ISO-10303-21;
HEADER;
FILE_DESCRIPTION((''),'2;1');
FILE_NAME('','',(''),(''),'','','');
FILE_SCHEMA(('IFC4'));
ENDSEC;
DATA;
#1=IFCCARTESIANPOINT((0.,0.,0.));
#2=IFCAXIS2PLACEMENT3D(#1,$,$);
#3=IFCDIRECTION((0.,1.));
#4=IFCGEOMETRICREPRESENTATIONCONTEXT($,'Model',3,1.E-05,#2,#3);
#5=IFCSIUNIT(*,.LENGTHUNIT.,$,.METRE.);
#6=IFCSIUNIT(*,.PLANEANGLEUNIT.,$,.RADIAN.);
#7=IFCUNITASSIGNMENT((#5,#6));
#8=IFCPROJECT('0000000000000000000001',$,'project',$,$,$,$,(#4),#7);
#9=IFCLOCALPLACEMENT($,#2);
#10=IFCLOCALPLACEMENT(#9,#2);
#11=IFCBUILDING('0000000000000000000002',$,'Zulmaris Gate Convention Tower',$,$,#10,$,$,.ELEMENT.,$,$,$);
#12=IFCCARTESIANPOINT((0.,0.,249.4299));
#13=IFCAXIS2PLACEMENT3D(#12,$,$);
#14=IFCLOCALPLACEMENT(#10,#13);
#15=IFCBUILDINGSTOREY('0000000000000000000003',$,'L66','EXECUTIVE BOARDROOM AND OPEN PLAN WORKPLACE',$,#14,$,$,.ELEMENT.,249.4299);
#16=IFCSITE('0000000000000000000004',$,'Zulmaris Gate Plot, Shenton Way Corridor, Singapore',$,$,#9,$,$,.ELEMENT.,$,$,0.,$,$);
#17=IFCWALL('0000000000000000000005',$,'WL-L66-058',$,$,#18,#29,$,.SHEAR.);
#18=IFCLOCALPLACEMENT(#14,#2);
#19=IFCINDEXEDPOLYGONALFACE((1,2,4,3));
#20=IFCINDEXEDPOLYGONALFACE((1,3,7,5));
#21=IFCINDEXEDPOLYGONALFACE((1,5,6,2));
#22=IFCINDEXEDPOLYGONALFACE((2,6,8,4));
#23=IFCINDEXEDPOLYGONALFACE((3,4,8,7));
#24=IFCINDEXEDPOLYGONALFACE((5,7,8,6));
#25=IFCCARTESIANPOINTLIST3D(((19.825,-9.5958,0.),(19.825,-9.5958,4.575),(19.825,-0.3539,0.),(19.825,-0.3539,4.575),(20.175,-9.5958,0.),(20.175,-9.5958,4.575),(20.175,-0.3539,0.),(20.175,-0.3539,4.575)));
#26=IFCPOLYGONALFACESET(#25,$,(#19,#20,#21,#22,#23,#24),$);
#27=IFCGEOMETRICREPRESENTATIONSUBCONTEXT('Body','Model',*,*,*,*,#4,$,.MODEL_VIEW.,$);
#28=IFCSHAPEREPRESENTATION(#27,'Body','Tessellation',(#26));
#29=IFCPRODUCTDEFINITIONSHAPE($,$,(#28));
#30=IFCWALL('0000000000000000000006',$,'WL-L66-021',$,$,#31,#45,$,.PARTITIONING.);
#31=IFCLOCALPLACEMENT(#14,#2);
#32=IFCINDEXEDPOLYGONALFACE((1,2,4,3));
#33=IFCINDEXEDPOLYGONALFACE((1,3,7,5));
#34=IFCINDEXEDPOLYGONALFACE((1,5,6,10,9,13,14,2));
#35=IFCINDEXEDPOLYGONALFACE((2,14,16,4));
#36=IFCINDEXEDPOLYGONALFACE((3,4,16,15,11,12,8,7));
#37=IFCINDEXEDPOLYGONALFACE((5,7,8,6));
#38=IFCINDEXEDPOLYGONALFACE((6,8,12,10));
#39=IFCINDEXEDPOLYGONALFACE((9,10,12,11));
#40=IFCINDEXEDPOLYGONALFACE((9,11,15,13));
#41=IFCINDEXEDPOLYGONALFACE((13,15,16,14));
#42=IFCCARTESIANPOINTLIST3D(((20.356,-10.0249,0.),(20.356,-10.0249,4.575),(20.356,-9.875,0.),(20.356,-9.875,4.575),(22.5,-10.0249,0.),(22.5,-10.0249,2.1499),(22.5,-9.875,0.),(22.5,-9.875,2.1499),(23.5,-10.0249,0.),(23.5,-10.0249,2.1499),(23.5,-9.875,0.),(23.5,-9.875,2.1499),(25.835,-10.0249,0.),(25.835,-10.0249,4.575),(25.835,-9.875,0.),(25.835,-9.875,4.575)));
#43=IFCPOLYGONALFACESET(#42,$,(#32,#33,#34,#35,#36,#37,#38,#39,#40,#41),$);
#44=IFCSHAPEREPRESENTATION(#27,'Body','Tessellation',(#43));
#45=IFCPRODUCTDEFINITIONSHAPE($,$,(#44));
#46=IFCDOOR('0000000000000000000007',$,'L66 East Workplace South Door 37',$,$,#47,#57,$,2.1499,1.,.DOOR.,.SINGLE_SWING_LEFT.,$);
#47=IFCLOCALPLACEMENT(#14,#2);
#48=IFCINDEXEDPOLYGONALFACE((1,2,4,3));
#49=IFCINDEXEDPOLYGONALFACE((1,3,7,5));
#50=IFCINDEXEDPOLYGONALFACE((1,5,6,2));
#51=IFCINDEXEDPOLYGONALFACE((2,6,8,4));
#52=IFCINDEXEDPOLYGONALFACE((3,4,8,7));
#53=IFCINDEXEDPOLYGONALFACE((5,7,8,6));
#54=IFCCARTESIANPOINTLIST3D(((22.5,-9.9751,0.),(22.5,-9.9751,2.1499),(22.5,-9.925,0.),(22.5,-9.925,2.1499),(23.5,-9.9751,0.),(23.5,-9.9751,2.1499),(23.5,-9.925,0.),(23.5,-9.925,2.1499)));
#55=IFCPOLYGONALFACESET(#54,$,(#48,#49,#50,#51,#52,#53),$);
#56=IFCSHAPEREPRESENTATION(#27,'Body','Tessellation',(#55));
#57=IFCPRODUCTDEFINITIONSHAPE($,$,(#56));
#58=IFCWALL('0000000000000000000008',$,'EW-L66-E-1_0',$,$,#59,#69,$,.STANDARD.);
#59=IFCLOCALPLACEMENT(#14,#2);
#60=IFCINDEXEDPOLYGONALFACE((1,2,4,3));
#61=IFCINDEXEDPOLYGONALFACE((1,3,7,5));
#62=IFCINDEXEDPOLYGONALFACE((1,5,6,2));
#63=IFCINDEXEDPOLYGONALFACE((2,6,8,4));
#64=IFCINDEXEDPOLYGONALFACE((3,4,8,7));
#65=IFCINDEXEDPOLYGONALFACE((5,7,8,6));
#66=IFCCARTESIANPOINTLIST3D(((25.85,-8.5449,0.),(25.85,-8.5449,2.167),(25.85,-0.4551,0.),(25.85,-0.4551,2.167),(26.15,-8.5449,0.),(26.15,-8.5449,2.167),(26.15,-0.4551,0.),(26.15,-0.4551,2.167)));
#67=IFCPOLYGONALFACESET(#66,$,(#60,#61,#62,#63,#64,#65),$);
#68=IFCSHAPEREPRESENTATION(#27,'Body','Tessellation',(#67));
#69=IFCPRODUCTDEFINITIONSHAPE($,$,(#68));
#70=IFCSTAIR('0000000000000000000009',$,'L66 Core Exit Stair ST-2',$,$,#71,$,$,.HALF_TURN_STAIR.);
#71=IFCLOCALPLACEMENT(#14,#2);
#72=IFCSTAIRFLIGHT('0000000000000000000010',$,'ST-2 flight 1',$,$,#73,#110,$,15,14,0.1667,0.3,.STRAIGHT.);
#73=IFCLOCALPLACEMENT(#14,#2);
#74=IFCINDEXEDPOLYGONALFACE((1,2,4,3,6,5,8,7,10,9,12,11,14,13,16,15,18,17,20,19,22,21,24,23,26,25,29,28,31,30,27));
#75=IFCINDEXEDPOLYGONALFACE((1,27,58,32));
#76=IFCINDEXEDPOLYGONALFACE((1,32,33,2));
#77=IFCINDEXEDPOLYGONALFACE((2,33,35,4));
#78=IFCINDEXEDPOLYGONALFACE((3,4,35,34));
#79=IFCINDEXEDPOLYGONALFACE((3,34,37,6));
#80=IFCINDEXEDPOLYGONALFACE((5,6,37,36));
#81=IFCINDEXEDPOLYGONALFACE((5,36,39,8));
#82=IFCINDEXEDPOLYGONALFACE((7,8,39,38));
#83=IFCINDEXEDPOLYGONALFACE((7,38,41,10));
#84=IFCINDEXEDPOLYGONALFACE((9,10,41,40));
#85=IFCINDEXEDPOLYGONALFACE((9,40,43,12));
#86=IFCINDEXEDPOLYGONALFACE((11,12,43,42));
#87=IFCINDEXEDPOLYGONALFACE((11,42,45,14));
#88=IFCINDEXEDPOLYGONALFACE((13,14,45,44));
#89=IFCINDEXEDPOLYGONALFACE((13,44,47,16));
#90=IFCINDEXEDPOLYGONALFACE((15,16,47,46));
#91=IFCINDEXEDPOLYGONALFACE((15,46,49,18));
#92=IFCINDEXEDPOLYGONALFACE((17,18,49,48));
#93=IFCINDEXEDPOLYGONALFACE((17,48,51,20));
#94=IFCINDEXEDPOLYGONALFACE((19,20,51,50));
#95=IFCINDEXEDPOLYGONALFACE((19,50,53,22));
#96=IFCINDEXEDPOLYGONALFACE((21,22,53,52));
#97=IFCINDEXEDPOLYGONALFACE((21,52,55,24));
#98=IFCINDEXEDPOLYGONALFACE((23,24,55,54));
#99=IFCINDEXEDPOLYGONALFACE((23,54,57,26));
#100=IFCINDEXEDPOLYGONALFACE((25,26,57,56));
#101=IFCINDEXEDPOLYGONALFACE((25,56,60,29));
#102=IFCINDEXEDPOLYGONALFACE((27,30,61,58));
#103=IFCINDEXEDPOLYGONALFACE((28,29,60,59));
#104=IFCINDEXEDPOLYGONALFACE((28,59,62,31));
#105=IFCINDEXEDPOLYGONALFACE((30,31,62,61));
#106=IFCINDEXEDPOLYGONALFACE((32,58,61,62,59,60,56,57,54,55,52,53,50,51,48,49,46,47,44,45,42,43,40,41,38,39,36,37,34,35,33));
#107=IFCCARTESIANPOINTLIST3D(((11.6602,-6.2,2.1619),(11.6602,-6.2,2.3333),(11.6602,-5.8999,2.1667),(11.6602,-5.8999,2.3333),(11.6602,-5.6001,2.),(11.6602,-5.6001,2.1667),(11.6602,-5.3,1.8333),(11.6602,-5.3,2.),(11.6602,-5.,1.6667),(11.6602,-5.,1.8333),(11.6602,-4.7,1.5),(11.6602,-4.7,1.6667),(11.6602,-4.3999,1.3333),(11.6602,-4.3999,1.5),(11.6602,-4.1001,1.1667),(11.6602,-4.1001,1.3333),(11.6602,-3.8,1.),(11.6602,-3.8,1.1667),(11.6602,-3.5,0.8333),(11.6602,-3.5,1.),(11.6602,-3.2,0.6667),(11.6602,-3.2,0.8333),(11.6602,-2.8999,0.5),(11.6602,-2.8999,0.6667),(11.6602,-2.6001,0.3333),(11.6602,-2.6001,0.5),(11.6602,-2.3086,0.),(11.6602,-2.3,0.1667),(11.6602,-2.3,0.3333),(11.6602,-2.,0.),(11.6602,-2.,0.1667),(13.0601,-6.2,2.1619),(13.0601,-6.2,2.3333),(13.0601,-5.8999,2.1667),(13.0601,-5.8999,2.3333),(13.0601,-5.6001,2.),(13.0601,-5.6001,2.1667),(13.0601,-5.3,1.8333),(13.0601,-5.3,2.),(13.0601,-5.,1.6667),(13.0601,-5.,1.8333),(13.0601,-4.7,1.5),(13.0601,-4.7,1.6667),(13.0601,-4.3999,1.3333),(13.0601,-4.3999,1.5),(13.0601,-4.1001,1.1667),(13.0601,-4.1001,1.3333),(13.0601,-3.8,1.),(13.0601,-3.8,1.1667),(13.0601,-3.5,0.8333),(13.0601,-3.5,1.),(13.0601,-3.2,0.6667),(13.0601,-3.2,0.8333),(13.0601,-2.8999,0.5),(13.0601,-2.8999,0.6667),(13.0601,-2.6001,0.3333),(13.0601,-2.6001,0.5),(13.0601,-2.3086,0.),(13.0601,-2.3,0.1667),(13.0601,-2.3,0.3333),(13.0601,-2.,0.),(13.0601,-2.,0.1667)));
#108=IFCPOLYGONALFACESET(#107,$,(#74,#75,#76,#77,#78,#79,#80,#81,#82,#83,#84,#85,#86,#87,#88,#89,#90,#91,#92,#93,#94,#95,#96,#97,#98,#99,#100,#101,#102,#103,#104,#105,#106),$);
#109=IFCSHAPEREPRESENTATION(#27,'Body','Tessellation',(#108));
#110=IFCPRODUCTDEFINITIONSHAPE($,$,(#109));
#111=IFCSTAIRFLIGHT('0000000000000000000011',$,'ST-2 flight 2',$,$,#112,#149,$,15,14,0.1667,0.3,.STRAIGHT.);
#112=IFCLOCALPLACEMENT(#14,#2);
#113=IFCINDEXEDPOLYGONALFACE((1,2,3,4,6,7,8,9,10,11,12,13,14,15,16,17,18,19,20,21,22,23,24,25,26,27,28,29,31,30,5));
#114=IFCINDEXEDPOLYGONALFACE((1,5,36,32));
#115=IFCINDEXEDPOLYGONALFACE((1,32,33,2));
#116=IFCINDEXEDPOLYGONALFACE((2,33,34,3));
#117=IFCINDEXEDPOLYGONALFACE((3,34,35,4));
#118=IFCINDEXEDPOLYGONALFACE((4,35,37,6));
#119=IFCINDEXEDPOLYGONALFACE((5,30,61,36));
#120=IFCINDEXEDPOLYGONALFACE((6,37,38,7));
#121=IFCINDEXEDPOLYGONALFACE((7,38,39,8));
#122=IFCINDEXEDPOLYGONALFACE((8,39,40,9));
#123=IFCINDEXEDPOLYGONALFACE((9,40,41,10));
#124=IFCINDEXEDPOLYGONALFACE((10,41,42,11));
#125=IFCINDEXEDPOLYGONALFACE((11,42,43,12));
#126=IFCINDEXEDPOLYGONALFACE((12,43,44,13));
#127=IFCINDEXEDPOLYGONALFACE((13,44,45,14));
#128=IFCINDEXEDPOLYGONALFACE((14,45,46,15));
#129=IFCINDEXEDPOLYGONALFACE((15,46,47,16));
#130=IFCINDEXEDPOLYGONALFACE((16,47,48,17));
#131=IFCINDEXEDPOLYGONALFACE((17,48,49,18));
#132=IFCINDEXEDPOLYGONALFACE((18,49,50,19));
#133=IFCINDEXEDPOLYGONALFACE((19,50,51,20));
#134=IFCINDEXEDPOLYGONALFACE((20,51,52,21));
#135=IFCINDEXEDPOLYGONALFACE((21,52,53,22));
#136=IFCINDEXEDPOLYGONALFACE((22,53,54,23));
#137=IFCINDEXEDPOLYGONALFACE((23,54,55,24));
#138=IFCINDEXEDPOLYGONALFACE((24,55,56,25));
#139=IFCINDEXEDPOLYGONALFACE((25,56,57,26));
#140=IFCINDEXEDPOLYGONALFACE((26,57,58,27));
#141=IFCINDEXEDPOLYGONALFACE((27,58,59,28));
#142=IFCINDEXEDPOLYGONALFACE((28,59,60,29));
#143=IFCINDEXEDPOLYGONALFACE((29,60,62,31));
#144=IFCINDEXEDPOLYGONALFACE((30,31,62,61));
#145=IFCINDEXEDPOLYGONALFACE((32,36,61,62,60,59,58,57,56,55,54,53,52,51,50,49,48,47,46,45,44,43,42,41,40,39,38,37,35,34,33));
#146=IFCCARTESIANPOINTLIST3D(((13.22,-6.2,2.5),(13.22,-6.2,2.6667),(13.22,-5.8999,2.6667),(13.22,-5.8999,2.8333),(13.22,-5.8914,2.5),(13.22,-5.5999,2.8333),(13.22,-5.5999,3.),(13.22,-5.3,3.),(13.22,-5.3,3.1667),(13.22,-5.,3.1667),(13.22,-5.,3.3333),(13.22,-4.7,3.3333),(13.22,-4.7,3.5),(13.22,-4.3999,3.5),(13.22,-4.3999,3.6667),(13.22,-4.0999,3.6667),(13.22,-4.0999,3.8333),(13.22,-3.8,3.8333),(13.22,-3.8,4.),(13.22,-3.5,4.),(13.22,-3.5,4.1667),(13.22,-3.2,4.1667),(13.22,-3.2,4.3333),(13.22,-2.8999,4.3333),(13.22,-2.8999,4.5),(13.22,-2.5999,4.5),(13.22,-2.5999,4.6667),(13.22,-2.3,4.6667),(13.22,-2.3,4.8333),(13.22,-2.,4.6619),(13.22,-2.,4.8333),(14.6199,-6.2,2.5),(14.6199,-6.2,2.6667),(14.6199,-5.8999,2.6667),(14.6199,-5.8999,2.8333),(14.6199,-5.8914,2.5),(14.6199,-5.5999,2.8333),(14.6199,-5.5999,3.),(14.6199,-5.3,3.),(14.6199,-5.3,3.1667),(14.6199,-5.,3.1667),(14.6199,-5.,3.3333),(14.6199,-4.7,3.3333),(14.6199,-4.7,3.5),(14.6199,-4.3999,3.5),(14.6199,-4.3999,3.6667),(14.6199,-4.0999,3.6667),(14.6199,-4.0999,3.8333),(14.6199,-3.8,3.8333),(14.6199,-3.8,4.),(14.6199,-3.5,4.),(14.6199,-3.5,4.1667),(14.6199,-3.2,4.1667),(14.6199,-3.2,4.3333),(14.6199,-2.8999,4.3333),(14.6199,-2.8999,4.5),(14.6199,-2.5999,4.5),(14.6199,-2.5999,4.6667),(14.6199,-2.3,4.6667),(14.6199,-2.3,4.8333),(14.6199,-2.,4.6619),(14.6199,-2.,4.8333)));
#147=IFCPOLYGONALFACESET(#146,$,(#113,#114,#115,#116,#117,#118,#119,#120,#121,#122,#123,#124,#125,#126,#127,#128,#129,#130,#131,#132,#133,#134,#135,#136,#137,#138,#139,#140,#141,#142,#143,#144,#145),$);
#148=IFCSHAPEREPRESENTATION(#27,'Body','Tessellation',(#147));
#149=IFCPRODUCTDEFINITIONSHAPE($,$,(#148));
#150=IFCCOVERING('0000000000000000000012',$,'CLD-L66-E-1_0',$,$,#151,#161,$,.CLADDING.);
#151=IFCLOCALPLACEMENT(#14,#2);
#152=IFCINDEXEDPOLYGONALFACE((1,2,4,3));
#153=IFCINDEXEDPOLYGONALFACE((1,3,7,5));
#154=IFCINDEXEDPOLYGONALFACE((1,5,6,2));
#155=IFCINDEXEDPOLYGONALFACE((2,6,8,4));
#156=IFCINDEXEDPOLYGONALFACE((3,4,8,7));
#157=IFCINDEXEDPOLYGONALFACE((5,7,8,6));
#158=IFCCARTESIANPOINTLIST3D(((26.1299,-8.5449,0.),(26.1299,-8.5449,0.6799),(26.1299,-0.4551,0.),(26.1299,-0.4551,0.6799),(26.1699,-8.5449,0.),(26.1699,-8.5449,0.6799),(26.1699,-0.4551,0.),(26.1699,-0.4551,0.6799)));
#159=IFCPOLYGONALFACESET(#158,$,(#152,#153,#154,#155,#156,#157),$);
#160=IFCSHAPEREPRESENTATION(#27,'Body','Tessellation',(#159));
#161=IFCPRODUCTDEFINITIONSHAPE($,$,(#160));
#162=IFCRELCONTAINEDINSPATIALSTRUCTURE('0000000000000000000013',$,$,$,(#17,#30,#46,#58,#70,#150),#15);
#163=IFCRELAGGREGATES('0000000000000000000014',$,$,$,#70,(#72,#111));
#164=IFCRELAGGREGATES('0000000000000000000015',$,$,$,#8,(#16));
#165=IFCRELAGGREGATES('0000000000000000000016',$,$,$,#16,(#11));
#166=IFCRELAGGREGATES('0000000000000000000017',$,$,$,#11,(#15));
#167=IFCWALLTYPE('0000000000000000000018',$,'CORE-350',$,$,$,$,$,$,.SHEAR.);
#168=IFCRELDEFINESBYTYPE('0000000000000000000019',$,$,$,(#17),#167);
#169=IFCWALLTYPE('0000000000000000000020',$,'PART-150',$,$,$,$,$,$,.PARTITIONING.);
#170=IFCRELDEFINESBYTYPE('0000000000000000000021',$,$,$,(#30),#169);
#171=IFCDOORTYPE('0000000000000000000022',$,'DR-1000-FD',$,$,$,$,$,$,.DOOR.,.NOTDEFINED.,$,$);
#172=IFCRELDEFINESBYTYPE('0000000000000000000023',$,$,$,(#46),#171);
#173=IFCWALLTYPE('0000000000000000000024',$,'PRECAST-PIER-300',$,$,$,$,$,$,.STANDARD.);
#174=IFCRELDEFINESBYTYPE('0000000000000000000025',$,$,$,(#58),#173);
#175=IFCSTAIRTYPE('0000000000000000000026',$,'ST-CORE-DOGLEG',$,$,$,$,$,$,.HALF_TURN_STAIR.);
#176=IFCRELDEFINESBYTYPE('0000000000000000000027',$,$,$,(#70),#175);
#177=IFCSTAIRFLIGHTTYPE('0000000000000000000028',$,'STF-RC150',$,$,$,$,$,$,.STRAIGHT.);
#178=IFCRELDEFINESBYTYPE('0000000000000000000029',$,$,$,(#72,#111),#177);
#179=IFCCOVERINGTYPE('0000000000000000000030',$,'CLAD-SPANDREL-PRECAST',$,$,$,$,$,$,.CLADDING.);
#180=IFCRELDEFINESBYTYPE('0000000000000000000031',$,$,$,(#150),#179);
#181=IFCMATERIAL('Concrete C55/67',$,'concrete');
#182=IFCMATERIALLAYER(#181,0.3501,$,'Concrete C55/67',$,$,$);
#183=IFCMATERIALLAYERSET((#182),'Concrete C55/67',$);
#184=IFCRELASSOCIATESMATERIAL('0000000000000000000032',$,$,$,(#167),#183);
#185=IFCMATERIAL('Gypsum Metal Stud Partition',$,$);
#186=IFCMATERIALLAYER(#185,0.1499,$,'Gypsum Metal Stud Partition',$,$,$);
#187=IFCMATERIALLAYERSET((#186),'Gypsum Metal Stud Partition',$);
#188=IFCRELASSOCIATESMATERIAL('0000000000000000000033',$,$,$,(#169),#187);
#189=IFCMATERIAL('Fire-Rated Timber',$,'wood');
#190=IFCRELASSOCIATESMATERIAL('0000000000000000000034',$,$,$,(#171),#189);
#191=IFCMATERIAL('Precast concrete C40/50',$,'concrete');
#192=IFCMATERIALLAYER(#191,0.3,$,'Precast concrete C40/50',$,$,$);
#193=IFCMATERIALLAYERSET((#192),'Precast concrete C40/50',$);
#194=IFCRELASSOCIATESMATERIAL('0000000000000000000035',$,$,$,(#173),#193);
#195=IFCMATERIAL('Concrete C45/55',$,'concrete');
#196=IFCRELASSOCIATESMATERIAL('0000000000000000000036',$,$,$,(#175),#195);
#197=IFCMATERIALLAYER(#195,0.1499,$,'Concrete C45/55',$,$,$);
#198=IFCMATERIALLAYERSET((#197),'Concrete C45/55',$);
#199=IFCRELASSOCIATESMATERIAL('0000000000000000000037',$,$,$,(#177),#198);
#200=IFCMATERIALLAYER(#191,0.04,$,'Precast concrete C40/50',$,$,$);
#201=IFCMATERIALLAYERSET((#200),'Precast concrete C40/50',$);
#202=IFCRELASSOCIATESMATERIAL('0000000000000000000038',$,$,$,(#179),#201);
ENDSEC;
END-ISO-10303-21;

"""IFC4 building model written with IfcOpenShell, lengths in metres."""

from ifc_helpers import new_model, si_unit, direction, frame, frame_2d, origin, place, context, subcontext, project, spatial, polyline, rectangle, outline, extrude, material, layer, layer_set, type_object, element, fill, aggregate, save


model = new_model("IFC4")

# Units and contexts
model_context = context("Model", 3, precision=1e-05, world=origin(), true_north=direction((0.0, 1.0)))
body_context = subcontext(model_context, "Body", "Model", "MODEL_VIEW")
ifc_project = project(units=[si_unit("LENGTHUNIT", "METRE"), si_unit("PLANEANGLEUNIT", "RADIAN")], contexts=[model_context])

# Site, building, storey
site_placement = place(None, origin())
site = spatial("IfcSite", under=ifc_project, at=site_placement, Name="Zulmaris Gate Plot, Shenton Way Corridor, Singapore", CompositionType="ELEMENT", RefElevation=0.0)
building_placement = place(site_placement, origin())
building = spatial("IfcBuilding", under=site, at=building_placement, Name="Zulmaris Gate Convention Tower", CompositionType="ELEMENT")
storey_placement = place(building_placement, frame((0.0, 0.0, 249.4299)))
storey = spatial("IfcBuildingStorey", under=building, at=storey_placement, Name="L66", Description="EXECUTIVE BOARDROOM AND OPEN PLAN WORKPLACE", CompositionType="ELEMENT", Elevation=249.4299)

# Wall
ifc_material_1 = material(Name="Concrete C55/67", Category="concrete")
ifc_layer_1 = layer(ifc_material_1, 0.3501, Name="Concrete C55/67")
ifc_layer_set_1 = layer_set([ifc_layer_1], Name="Concrete C55/67")
wall_type_1 = type_object("IfcWallType", Name="CORE-350", PredefinedType="SHEAR", material=ifc_layer_set_1)
wall_1_placement = place(storey_placement, frame((20.0, -9.5959, 0.0), z_axis=(0.0, 0.0, 1.0), x_axis=(0.0, 1.0, 0.0)))
element("IfcWall", 1, at=wall_1_placement, inside=storey, type_object=wall_type_1, Name="WL-L66-058", PredefinedType="SHEAR", context=body_context, shape_type="SweptSolid", body=[
    extrude(rectangle(XDim=9.2419, YDim=0.3501, at=frame_2d((4.6211, 0.0))), origin(), (0.0, 0.0, 1.0), 4.575),
])

# Wall, opening, door
ifc_material_2 = material(Name="Gypsum Metal Stud Partition")
ifc_layer_2 = layer(ifc_material_2, 0.1499, Name="Gypsum Metal Stud Partition")
ifc_layer_set_2 = layer_set([ifc_layer_2], Name="Gypsum Metal Stud Partition")
wall_type_2 = type_object("IfcWallType", Name="PART-150", PredefinedType="PARTITIONING", material=ifc_layer_set_2)
wall_2_placement = place(storey_placement, frame((20.356, -9.95, 0.0), z_axis=(0.0, 0.0, 1.0), x_axis=(1.0, 0.0, 0.0)))
wall_2 = element("IfcWall", 2, at=wall_2_placement, inside=storey, type_object=wall_type_2, Name="WL-L66-021", PredefinedType="PARTITIONING", context=body_context, shape_type="SweptSolid", body=[
    extrude(rectangle(XDim=5.479, YDim=0.1499, at=frame_2d((2.7395, 0.0))), origin(), (0.0, 0.0, 1.0), 4.575),
])
opening_placement = place(wall_2_placement, frame((2.144, 0.0, 0.0)))
opening = element("IfcOpeningElement", 3, at=opening_placement, cuts=wall_2, PredefinedType="OPENING", context=body_context, shape_type="SweptSolid", body=[
    extrude(rectangle(XDim=1.0, YDim=2.1499, at=frame_2d((0.5, 1.075))), frame((0.0, 0.085, 0.0), z_axis=(0.0, -1.0, 0.0), x_axis=(1.0, 0.0, 0.0)), (0.0, 0.0, 1.0), 0.1699),
])
ifc_material_3 = material(Name="Fire-Rated Timber", Category="wood")
door_type = type_object("IfcDoorType", Name="DR-1000-FD", OperationType="NOTDEFINED", PredefinedType="DOOR", material=ifc_material_3)
door_placement = place(opening_placement, origin())
door = element("IfcDoor", 4, at=door_placement, inside=storey, type_object=door_type, Name="L66 East Workplace South Door 37", OperationType="SINGLE_SWING_LEFT", OverallHeight=2.1499, OverallWidth=1.0, PredefinedType="DOOR", context=body_context, shape_type="SweptSolid", body=[
    extrude(rectangle(XDim=1.0, YDim=2.1499, at=frame_2d((0.5, 1.075))), frame((0.0, 0.0249, 0.0), z_axis=(0.0, -1.0, 0.0), x_axis=(1.0, 0.0, 0.0)), (0.0, 0.0, 1.0), 0.05),
])
fill(opening, door)

# Wall
ifc_material_4 = material(Name="Precast concrete C40/50", Category="concrete")
ifc_layer_3 = layer(ifc_material_4, 0.3, Name="Precast concrete C40/50")
ifc_layer_set_3 = layer_set([ifc_layer_3], Name="Precast concrete C40/50")
wall_type_3 = type_object("IfcWallType", Name="PRECAST-PIER-300", PredefinedType="STANDARD", material=ifc_layer_set_3)
wall_3_placement = place(storey_placement, frame((26.0, -8.5449, 0.0), z_axis=(0.0, 0.0, 1.0), x_axis=(0.0, 1.0, 0.0)))
element("IfcWall", 5, at=wall_3_placement, inside=storey, type_object=wall_type_3, Name="EW-L66-E-1_0", PredefinedType="STANDARD", context=body_context, shape_type="SweptSolid", body=[
    extrude(rectangle(XDim=8.0898, YDim=0.3, at=frame_2d((4.0449, 0.0))), origin(), (0.0, 0.0, 1.0), 2.167),
])

# Stair, stair flights
ifc_material_5 = material(Name="Concrete C45/55", Category="concrete")
stair_type = type_object("IfcStairType", Name="ST-CORE-DOGLEG", PredefinedType="HALF_TURN_STAIR", material=ifc_material_5)
stair_placement = place(storey_placement, origin())
stair = element("IfcStair", 6, at=stair_placement, inside=storey, type_object=stair_type, Name="L66 Core Exit Stair ST-2", PredefinedType="HALF_TURN_STAIR")
ifc_layer_4 = layer(ifc_material_5, 0.1499, Name="Concrete C45/55")
ifc_layer_set_4 = layer_set([ifc_layer_4], Name="Concrete C45/55")
stair_flight_type = type_object("IfcStairFlightType", Name="STF-RC150", PredefinedType="STRAIGHT", material=ifc_layer_set_4)
stair_flight_1_placement = place(storey_placement, frame((12.3601, -2.0, 0.0), z_axis=(0.0, 0.0, 1.0), x_axis=(0.0, -1.0, 0.0)))
stair_flight_1 = element("IfcStairFlight", 7, at=stair_flight_1_placement, type_object=stair_flight_type, Name="ST-2 flight 1", NumberOfRisers=15, NumberOfTreads=14, PredefinedType="STRAIGHT", RiserHeight=0.1667, TreadLength=0.3, context=body_context, shape_type="SweptSolid", body=[
    extrude(outline(polyline([(0.0, 0.0), (0.0, 0.1667), (0.3, 0.1667), (0.3, 0.3333), (0.6001, 0.3333), (0.6001, 0.5), (0.8999, 0.5), (0.8999, 0.6667), (1.2, 0.6667), (1.2, 0.8333), (1.5, 0.8333), (1.5, 1.0), (1.8, 1.0), (1.8, 1.1667), (2.1001, 1.1667), (2.1001, 1.3333), (2.3999, 1.3333), (2.3999, 1.5), (2.7, 1.5), (2.7, 1.6667), (3.0, 1.6667), (3.0, 1.8333), (3.3, 1.8333), (3.3, 2.0), (3.6001, 2.0), (3.6001, 2.1667), (3.8999, 2.1667), (3.8999, 2.3333), (4.2, 2.3333), (4.2, 2.5), (4.2, 2.1619), (0.3086, 0.0), (0.0, 0.0)])), frame((0.0, 0.7, 0.0), z_axis=(0.0, -1.0, 0.0), x_axis=(1.0, 0.0, 0.0)), (0.0, 0.0, 1.0), 1.3999),
])
stair_flight_2_placement = place(storey_placement, frame((13.9199, -6.2, 2.5), z_axis=(0.0, 0.0, 1.0), x_axis=(0.0, 1.0, 0.0)))
stair_flight_2 = element("IfcStairFlight", 8, at=stair_flight_2_placement, type_object=stair_flight_type, Name="ST-2 flight 2", NumberOfRisers=15, NumberOfTreads=14, PredefinedType="STRAIGHT", RiserHeight=0.1667, TreadLength=0.3, context=body_context, shape_type="SweptSolid", body=[
    extrude(outline(polyline([(0.0, 0.0), (0.0, 0.1667), (0.3, 0.1667), (0.3, 0.3333), (0.6001, 0.3333), (0.6001, 0.5), (0.8999, 0.5), (0.8999, 0.6667), (1.2, 0.6667), (1.2, 0.8333), (1.5, 0.8333), (1.5, 1.0), (1.8, 1.0), (1.8, 1.1667), (2.1001, 1.1667), (2.1001, 1.3333), (2.3999, 1.3333), (2.3999, 1.5), (2.7, 1.5), (2.7, 1.6667), (3.0, 1.6667), (3.0, 1.8333), (3.3, 1.8333), (3.3, 2.0), (3.6001, 2.0), (3.6001, 2.1667), (3.8999, 2.1667), (3.8999, 2.3333), (4.2, 2.3333), (4.2, 2.5), (4.2, 2.1619), (0.3086, 0.0), (0.0, 0.0)])), frame((0.0, 0.7, 0.0), z_axis=(0.0, -1.0, 0.0), x_axis=(1.0, 0.0, 0.0)), (0.0, 0.0, 1.0), 1.3999),
])
aggregate(stair, [stair_flight_1, stair_flight_2])

# Covering
ifc_layer_5 = layer(ifc_material_4, 0.04, Name="Precast concrete C40/50")
ifc_layer_set_5 = layer_set([ifc_layer_5], Name="Precast concrete C40/50")
covering_type = type_object("IfcCoveringType", Name="CLAD-SPANDREL-PRECAST", PredefinedType="CLADDING", material=ifc_layer_set_5)
covering_placement = place(storey_placement, frame((26.1499, -8.5449, 0.0), z_axis=(0.0, 0.0, 1.0), x_axis=(0.0, 1.0, 0.0)))
element("IfcCovering", 9, at=covering_placement, inside=storey, type_object=covering_type, Name="CLD-L66-E-1_0", PredefinedType="CLADDING", context=body_context, shape_type="SweptSolid", body=[
    extrude(rectangle(XDim=8.0898, YDim=0.04, at=frame_2d((4.0449, 0.0))), origin(), (0.0, 0.0, 1.0), 0.6799),
])

save(model, "model.ifc")
